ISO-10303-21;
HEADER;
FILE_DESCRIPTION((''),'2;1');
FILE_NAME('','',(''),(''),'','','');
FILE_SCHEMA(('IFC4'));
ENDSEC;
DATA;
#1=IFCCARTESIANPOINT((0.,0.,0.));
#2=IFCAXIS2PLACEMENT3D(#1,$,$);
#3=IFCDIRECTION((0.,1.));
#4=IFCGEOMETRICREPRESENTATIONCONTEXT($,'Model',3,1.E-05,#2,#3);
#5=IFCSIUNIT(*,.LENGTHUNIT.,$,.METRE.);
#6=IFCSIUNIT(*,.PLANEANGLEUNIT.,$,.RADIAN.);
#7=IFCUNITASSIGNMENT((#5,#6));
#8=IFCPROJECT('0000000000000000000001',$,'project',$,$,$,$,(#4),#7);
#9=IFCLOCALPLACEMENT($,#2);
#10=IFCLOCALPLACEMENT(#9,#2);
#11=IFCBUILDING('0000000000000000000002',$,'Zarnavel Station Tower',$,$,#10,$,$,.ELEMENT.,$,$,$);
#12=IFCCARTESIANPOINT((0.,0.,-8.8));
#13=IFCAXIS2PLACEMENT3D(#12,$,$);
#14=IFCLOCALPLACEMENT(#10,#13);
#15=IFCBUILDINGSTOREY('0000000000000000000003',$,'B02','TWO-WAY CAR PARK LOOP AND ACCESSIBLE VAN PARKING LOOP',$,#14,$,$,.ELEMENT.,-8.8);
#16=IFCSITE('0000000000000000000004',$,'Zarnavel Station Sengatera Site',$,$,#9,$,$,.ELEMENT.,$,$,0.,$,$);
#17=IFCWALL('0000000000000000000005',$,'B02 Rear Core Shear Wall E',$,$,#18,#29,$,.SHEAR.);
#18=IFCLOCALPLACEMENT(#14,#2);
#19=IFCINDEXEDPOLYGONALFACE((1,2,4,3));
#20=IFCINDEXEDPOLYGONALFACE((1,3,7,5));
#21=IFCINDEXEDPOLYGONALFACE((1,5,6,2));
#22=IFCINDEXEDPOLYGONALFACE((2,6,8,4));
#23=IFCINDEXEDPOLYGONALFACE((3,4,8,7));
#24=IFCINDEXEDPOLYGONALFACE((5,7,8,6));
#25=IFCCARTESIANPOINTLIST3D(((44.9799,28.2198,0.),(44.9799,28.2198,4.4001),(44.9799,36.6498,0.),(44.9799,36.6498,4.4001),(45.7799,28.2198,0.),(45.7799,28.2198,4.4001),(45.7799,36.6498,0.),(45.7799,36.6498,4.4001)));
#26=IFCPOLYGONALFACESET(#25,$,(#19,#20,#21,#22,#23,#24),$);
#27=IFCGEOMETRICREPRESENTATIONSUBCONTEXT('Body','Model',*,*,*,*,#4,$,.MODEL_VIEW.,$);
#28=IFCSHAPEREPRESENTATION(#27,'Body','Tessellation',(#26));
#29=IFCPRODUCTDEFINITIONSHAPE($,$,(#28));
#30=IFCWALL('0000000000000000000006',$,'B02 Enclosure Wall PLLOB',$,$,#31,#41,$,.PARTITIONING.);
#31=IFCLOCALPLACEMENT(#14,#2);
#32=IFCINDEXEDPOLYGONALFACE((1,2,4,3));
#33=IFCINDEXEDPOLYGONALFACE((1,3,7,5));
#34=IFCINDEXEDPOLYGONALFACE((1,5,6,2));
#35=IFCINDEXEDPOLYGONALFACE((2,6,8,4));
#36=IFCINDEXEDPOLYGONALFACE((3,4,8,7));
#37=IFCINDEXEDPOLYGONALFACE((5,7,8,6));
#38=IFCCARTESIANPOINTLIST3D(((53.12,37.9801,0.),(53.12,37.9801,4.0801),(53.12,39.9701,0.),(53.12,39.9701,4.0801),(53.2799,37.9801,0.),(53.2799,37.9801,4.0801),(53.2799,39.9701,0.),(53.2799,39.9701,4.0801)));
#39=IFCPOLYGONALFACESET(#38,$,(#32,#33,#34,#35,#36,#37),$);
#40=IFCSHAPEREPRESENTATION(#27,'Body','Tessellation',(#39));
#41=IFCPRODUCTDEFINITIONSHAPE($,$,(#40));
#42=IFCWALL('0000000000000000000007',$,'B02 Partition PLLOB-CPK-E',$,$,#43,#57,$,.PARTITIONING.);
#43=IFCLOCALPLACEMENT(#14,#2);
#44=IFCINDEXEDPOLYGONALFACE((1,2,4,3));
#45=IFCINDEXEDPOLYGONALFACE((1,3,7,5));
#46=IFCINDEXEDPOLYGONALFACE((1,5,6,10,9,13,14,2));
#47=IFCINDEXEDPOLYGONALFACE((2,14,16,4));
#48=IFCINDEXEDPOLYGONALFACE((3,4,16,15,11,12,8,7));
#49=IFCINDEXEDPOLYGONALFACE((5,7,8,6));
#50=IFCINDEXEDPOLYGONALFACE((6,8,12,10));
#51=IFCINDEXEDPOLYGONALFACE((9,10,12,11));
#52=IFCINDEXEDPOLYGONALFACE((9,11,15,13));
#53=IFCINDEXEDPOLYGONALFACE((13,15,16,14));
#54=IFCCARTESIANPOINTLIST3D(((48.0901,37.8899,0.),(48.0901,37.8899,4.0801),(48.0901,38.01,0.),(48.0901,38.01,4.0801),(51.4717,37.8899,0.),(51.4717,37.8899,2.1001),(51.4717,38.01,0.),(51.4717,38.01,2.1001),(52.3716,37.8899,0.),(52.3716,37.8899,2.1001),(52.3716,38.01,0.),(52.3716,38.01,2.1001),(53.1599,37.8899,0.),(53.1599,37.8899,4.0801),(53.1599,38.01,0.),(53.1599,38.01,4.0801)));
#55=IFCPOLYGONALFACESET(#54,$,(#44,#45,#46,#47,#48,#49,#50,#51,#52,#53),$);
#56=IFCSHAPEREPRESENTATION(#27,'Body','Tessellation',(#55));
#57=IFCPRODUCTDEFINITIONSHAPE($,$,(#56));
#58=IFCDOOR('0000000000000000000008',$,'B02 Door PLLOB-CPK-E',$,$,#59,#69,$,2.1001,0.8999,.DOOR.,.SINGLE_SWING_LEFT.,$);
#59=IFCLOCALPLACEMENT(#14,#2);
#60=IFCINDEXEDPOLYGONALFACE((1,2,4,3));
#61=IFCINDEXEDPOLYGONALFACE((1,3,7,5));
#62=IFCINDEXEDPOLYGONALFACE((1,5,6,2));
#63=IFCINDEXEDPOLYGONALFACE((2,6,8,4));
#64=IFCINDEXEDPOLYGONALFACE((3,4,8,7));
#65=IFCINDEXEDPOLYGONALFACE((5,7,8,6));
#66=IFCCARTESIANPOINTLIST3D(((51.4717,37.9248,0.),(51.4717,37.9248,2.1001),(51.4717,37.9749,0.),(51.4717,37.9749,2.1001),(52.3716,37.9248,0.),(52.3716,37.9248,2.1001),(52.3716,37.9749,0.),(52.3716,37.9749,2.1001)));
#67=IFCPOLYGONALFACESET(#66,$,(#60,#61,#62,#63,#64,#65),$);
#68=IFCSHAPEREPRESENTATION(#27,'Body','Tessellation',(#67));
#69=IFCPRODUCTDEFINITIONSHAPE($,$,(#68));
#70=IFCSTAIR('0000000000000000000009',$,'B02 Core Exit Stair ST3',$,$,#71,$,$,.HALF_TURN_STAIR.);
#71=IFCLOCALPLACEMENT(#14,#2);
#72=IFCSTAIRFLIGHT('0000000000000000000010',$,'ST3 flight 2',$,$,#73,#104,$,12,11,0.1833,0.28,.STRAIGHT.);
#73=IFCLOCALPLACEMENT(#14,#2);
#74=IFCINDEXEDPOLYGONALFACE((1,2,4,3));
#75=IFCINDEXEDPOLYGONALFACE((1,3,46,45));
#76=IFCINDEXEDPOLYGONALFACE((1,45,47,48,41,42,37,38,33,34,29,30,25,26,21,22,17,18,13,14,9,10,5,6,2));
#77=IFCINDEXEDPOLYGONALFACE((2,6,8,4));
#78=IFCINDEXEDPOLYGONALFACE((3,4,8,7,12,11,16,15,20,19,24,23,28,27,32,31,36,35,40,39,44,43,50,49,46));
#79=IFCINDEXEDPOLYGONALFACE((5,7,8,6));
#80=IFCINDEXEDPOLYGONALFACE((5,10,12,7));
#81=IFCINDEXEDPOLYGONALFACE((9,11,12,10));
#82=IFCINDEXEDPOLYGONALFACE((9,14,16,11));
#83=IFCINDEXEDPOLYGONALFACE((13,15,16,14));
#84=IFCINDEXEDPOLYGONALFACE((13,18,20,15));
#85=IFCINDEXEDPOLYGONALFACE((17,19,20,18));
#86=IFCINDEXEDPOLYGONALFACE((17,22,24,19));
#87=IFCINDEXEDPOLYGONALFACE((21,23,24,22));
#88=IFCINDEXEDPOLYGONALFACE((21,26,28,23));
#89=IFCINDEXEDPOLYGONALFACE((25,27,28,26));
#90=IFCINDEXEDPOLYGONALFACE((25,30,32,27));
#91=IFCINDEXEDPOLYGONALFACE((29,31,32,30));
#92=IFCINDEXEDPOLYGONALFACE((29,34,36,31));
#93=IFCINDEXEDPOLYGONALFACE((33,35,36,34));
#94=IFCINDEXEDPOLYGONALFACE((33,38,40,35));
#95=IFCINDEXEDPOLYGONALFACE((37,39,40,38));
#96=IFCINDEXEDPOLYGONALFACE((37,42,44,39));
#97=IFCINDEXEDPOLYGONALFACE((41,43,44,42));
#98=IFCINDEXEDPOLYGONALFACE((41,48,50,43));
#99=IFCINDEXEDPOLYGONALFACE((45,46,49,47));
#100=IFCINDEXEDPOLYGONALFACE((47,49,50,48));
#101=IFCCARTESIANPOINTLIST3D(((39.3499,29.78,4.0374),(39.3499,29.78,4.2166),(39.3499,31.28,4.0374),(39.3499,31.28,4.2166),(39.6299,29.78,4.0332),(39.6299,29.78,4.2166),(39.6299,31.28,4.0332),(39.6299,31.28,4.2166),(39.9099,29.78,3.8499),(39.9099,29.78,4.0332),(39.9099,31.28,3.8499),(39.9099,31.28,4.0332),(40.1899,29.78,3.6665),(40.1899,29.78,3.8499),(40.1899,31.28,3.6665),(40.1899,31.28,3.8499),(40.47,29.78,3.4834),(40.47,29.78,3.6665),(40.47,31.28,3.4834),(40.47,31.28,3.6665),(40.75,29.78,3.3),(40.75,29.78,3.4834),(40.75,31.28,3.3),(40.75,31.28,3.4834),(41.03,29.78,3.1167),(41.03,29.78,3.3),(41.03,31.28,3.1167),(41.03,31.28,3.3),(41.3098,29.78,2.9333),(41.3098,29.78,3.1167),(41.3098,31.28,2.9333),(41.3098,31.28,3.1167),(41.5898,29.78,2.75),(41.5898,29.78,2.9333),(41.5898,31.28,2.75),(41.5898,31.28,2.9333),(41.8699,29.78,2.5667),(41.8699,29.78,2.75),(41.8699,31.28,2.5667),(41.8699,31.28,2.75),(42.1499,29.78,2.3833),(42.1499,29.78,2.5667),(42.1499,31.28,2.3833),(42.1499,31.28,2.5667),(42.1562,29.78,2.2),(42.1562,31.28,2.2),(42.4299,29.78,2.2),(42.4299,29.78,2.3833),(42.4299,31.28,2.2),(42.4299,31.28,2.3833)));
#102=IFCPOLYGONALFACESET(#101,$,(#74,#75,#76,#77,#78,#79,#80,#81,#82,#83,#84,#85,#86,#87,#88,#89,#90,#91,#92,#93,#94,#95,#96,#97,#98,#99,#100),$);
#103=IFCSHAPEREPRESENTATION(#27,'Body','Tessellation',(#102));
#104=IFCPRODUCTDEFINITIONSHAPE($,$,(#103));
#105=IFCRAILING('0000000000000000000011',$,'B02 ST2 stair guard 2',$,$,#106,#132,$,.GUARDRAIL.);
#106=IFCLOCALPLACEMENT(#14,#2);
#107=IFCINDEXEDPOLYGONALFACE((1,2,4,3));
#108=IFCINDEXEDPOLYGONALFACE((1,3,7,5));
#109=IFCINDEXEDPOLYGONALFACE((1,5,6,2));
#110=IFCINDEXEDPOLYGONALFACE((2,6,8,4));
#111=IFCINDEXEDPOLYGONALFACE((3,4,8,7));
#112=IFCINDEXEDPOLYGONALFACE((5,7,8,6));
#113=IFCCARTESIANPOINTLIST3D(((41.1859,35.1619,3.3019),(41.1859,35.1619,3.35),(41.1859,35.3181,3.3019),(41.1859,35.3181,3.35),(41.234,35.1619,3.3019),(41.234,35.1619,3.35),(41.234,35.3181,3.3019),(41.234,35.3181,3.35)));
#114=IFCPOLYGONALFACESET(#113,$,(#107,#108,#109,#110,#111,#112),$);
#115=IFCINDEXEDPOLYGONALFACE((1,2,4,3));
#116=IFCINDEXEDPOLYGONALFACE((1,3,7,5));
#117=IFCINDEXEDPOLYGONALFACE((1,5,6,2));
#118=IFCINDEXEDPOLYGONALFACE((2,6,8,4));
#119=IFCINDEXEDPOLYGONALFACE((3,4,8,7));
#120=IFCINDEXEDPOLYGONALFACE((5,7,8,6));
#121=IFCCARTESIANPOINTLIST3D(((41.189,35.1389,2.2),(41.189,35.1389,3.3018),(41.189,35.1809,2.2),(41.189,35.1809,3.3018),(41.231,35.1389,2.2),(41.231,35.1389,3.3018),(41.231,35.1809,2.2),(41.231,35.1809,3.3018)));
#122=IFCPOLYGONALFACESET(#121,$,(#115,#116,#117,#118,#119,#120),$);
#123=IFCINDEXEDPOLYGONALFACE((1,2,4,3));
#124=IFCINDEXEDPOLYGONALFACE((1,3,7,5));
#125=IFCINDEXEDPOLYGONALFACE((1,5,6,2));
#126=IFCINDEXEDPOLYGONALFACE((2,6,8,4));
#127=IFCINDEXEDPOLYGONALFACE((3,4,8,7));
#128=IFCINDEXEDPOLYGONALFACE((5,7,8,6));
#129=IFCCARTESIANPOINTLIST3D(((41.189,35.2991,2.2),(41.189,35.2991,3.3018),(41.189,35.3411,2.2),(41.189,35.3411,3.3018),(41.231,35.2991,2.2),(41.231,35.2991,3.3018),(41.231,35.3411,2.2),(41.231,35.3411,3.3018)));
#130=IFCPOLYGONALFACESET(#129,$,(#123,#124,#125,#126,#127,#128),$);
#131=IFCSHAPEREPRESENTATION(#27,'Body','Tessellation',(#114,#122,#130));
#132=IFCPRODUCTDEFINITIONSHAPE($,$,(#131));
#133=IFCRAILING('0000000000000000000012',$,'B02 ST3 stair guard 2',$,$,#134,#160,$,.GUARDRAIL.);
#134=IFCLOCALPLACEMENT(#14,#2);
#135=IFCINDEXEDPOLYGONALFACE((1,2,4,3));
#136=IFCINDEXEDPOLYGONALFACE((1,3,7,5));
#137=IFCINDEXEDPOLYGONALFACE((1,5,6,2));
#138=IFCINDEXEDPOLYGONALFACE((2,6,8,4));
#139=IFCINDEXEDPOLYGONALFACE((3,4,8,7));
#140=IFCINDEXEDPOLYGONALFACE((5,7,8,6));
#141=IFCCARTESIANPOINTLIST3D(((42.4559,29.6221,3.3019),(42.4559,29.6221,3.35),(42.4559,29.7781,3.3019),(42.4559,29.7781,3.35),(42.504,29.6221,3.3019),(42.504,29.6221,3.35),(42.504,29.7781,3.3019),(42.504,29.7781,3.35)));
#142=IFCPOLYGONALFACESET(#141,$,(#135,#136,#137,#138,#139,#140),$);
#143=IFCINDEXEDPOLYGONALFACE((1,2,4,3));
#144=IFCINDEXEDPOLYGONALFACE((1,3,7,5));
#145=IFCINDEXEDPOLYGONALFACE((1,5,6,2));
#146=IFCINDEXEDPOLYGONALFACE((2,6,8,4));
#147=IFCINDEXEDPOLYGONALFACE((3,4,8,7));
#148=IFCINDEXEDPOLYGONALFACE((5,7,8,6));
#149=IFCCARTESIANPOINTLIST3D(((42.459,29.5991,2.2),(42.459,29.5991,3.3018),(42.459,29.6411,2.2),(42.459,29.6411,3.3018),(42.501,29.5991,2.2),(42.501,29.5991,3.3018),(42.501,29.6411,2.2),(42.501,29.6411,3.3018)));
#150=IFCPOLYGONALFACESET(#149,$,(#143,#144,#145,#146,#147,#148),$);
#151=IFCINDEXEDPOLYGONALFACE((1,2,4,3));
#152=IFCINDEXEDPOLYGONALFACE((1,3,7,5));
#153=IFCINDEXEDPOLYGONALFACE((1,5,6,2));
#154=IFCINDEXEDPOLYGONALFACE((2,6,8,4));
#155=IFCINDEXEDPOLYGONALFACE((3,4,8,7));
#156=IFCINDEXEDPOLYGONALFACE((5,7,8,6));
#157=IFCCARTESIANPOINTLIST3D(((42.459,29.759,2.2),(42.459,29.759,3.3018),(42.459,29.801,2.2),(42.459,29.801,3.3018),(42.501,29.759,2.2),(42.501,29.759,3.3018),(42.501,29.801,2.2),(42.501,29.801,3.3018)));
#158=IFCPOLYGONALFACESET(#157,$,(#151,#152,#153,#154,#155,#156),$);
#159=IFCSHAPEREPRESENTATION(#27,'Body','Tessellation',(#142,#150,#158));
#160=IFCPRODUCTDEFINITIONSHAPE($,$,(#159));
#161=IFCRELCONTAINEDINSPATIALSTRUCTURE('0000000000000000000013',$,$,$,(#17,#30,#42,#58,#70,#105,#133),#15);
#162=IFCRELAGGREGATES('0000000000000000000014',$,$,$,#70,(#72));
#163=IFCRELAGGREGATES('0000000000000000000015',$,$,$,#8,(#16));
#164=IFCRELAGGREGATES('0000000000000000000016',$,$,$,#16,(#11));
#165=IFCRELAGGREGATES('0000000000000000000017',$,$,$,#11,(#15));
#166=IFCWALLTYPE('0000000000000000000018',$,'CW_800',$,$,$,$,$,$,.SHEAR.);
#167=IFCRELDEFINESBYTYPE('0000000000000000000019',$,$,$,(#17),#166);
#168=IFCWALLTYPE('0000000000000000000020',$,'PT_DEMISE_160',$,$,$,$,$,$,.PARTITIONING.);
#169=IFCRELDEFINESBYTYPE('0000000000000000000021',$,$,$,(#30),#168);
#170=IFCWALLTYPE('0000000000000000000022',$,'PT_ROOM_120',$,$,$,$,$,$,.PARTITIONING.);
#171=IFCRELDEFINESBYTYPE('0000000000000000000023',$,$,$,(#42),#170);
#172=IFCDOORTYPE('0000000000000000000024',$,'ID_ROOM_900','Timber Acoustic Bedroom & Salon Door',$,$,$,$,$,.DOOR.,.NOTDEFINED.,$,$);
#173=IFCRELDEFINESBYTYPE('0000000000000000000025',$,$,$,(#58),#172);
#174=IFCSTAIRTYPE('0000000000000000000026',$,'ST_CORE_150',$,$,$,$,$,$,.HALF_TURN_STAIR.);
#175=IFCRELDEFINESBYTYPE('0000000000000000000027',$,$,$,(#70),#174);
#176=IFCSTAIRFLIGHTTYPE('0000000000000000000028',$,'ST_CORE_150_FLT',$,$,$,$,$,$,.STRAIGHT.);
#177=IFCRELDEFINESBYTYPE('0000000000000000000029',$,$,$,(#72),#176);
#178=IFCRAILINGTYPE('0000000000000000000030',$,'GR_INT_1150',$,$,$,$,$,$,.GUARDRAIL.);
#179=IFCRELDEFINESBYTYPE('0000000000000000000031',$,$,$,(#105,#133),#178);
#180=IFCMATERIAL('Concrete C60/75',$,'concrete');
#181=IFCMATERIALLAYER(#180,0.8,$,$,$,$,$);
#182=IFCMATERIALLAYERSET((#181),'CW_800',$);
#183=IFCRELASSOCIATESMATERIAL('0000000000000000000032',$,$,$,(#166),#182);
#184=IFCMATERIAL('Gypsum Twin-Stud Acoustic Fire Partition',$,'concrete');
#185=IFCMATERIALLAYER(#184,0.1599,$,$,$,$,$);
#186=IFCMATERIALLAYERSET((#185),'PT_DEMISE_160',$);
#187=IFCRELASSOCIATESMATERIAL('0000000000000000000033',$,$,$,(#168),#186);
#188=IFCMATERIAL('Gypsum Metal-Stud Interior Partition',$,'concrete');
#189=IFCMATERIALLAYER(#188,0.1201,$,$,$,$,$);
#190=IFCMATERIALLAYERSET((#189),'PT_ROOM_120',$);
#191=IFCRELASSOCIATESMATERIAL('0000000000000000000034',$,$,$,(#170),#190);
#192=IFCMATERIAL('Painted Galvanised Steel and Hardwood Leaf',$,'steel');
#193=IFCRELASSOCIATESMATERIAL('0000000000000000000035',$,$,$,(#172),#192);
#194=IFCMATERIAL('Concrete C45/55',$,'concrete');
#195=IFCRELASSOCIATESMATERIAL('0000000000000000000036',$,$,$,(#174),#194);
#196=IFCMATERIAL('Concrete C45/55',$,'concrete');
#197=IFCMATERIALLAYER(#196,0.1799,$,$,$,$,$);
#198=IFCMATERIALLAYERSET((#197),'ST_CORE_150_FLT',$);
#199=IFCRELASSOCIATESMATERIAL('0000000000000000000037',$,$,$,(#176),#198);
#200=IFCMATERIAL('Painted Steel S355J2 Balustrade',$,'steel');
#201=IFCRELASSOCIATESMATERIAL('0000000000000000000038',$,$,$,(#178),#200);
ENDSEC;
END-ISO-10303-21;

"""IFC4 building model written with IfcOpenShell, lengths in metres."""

from ifc_helpers import new_model, si_unit, direction, frame, frame_2d, origin, origin_2d, place, context, subcontext, project, spatial, polyline, rectangle, outline, extrude, material, layer, layer_set, type_object, element, fill, aggregate, save


model = new_model("IFC4")

# Units and contexts
model_context = context("Model", 3, precision=1e-05, world=origin(), true_north=direction((0.0, 1.0)))
body_context = subcontext(model_context, "Body", "Model", "MODEL_VIEW")
ifc_project = project(units=[si_unit("LENGTHUNIT", "METRE"), si_unit("PLANEANGLEUNIT", "RADIAN")], contexts=[model_context])

# Site, building, storey
site_placement = place(None, origin())
site = spatial("IfcSite", under=ifc_project, at=site_placement, Name="Zarnavel Station Sengatera Site", CompositionType="ELEMENT", RefElevation=0.0)
building_placement = place(site_placement, origin())
building = spatial("IfcBuilding", under=site, at=building_placement, Name="Zarnavel Station Tower", CompositionType="ELEMENT")
storey_placement = place(building_placement, frame((0.0, 0.0, -8.8)))
storey = spatial("IfcBuildingStorey", under=building, at=storey_placement, Name="B02", Description="TWO-WAY CAR PARK LOOP AND ACCESSIBLE VAN PARKING LOOP", CompositionType="ELEMENT", Elevation=-8.8)

# Walls
ifc_material_1 = material(Name="Concrete C60/75", Category="concrete")
ifc_layer_1 = layer(ifc_material_1, 0.8)
ifc_layer_set_1 = layer_set([ifc_layer_1], Name="CW_800")
wall_type_1 = type_object("IfcWallType", Name="CW_800", PredefinedType="SHEAR", material=ifc_layer_set_1)
wall_1_placement = place(storey_placement, frame((45.3799, 28.22, 0.0), z_axis=(0.0, 0.0, 1.0), x_axis=(0.0, 1.0, 0.0)))
element("IfcWall", 1, at=wall_1_placement, inside=storey, type_object=wall_type_1, Name="B02 Rear Core Shear Wall E", PredefinedType="SHEAR", context=body_context, shape_type="SweptSolid", body=[
    extrude(rectangle(XDim=8.4299, YDim=0.8, at=frame_2d((4.2148, 0.0))), origin(), (0.0, 0.0, 1.0), 4.4001),
])
ifc_material_2 = material(Name="Gypsum Twin-Stud Acoustic Fire Partition", Category="concrete")
ifc_layer_2 = layer(ifc_material_2, 0.1599)
ifc_layer_set_2 = layer_set([ifc_layer_2], Name="PT_DEMISE_160")
wall_type_2 = type_object("IfcWallType", Name="PT_DEMISE_160", PredefinedType="PARTITIONING", material=ifc_layer_set_2)
wall_2_placement = place(storey_placement, frame((53.2, 37.98, 0.0), z_axis=(0.0, 0.0, 1.0), x_axis=(0.0, 1.0, 0.0)))
element("IfcWall", 2, at=wall_2_placement, inside=storey, type_object=wall_type_2, Name="B02 Enclosure Wall PLLOB", PredefinedType="PARTITIONING", context=body_context, shape_type="SweptSolid", body=[
    extrude(rectangle(XDim=1.99, YDim=0.1599, at=frame_2d((0.9951, 0.0))), origin(), (0.0, 0.0, 1.0), 4.0801),
])

# Wall, opening, door
ifc_material_3 = material(Name="Gypsum Metal-Stud Interior Partition", Category="concrete")
ifc_layer_3 = layer(ifc_material_3, 0.1201)
ifc_layer_set_3 = layer_set([ifc_layer_3], Name="PT_ROOM_120")
wall_type_3 = type_object("IfcWallType", Name="PT_ROOM_120", PredefinedType="PARTITIONING", material=ifc_layer_set_3)
wall_3_placement = place(storey_placement, frame((48.0901, 37.95, 0.0), z_axis=(0.0, 0.0, 1.0), x_axis=(1.0, 0.0, 0.0)))
wall_3 = element("IfcWall", 3, at=wall_3_placement, inside=storey, type_object=wall_type_3, Name="B02 Partition PLLOB-CPK-E", PredefinedType="PARTITIONING", context=body_context, shape_type="SweptSolid", body=[
    extrude(rectangle(XDim=5.0698, YDim=0.1201, at=frame_2d((2.5349, 0.0))), origin(), (0.0, 0.0, 1.0), 4.0801),
])
opening_1_placement = place(wall_3_placement, frame((3.3816, 0.0, 0.0)))
opening_1 = element("IfcOpeningElement", 4, at=opening_1_placement, cuts=wall_3, PredefinedType="OPENING", context=body_context, shape_type="SweptSolid", body=[
    extrude(rectangle(XDim=0.8999, YDim=2.1001, at=frame_2d((0.45, 1.05))), frame((0.0, 0.0701, 0.0), z_axis=(0.0, -1.0, 0.0), x_axis=(1.0, 0.0, 0.0)), (0.0, 0.0, 1.0), 0.1401),
])
ifc_material_4 = material(Name="Painted Galvanised Steel and Hardwood Leaf", Category="steel")
door_type_1 = type_object("IfcDoorType", Name="ID_ROOM_900", Description="Timber Acoustic Bedroom & Salon Door", OperationType="NOTDEFINED", PredefinedType="DOOR", material=ifc_material_4)
door_1_placement = place(opening_1_placement, origin())
door_1 = element("IfcDoor", 5, at=door_1_placement, inside=storey, type_object=door_type_1, Name="B02 Door PLLOB-CPK-E", OperationType="SINGLE_SWING_LEFT", OverallHeight=2.1001, OverallWidth=0.8999, PredefinedType="DOOR", context=body_context, shape_type="SweptSolid", body=[
    extrude(rectangle(XDim=0.8999, YDim=2.1001, at=frame_2d((0.45, 1.05))), frame((0.0, 0.0249, 0.0), z_axis=(0.0, -1.0, 0.0), x_axis=(1.0, 0.0, 0.0)), (0.0, 0.0, 1.0), 0.05),
])
fill(opening_1, door_1)

# Stair, stair flight
ifc_material_5 = material(Name="Concrete C45/55", Category="concrete")
stair_type = type_object("IfcStairType", Name="ST_CORE_150", PredefinedType="HALF_TURN_STAIR", material=ifc_material_5)
stair_placement = place(storey_placement, origin())
stair = element("IfcStair", 6, at=stair_placement, inside=storey, type_object=stair_type, Name="B02 Core Exit Stair ST3", PredefinedType="HALF_TURN_STAIR")
ifc_material_6 = material(Name="Concrete C45/55", Category="concrete")
ifc_layer_4 = layer(ifc_material_6, 0.1799)
ifc_layer_set_4 = layer_set([ifc_layer_4], Name="ST_CORE_150_FLT")
stair_flight_type = type_object("IfcStairFlightType", Name="ST_CORE_150_FLT", PredefinedType="STRAIGHT", material=ifc_layer_set_4)
stair_flight_placement = place(storey_placement, frame((42.4299, 30.53, 2.2), z_axis=(0.0, 0.0, 1.0), x_axis=(-1.0, 0.0, 0.0)))
stair_flight = element("IfcStairFlight", 7, at=stair_flight_placement, type_object=stair_flight_type, Name="ST3 flight 2", NumberOfRisers=12, NumberOfTreads=11, PredefinedType="STRAIGHT", RiserHeight=0.1833, TreadLength=0.28, context=body_context, shape_type="SweptSolid", body=[
    extrude(outline(polyline([(0.0, 0.0), (0.0, 0.1833), (0.28, 0.1833), (0.28, 0.3667), (0.5601, 0.3667), (0.5601, 0.55), (0.8401, 0.55), (0.8401, 0.7334), (1.1201, 0.7334), (1.1201, 0.9167), (1.3999, 0.9167), (1.3999, 1.1001), (1.6799, 1.1001), (1.6799, 1.2834), (1.96, 1.2834), (1.96, 1.4666), (2.24, 1.4666), (2.24, 1.6499), (2.52, 1.6499), (2.52, 1.8333), (2.8, 1.8333), (2.8, 2.0166), (3.0801, 2.0166), (3.0801, 2.2), (3.0801, 1.8374), (0.2737, 0.0), (0.0, 0.0)])), frame((0.0, 0.75, 0.0), z_axis=(0.0, -1.0, 0.0), x_axis=(1.0, 0.0, 0.0)), (0.0, 0.0, 1.0), 1.5),
])
aggregate(stair, [stair_flight])

# Railings
ifc_material_7 = material(Name="Painted Steel S355J2 Balustrade", Category="steel")
railing_type_1 = type_object("IfcRailingType", Name="GR_INT_1150", PredefinedType="GUARDRAIL", material=ifc_material_7)
railing_1_placement = place(storey_placement, frame((41.21, 35.1599, 2.2)))
element("IfcRailing", 8, at=railing_1_placement, inside=storey, type_object=railing_type_1, Name="B02 ST2 stair guard 2", PredefinedType="GUARDRAIL", context=body_context, shape_type="SweptSolid", body=[
    extrude(rectangle(XDim=0.0481, YDim=0.0481, at=origin_2d()), frame((0.0, 0.002, 1.126), z_axis=(0.0, 1.0, 0.0), x_axis=(-1.0, 0.0, 0.0)), (0.0, 0.0, 1.0), 0.1562),
    extrude(rectangle(XDim=0.042, YDim=0.042, at=origin_2d()), origin(), (0.0, 0.0, 1.0), 1.1018),
    extrude(rectangle(XDim=0.042, YDim=0.042, at=origin_2d()), frame((0.0, 0.1602, 0.0)), (0.0, 0.0, 1.0), 1.1018),
])
railing_2_placement = place(storey_placement, frame((42.48, 29.6201, 2.2)))
element("IfcRailing", 9, at=railing_2_placement, inside=storey, type_object=railing_type_1, Name="B02 ST3 stair guard 2", PredefinedType="GUARDRAIL", context=body_context, shape_type="SweptSolid", body=[
    extrude(rectangle(XDim=0.0481, YDim=0.0481, at=origin_2d()), frame((0.0, 0.002, 1.126), z_axis=(0.0, 1.0, 0.0), x_axis=(-1.0, 0.0, 0.0)), (0.0, 0.0, 1.0), 0.156),
    extrude(rectangle(XDim=0.042, YDim=0.042, at=origin_2d()), origin(), (0.0, 0.0, 1.0), 1.1018),
    extrude(rectangle(XDim=0.042, YDim=0.042, at=origin_2d()), frame((0.0, 0.1599, 0.0)), (0.0, 0.0, 1.0), 1.1018),
])

save(model, "model.ifc")
